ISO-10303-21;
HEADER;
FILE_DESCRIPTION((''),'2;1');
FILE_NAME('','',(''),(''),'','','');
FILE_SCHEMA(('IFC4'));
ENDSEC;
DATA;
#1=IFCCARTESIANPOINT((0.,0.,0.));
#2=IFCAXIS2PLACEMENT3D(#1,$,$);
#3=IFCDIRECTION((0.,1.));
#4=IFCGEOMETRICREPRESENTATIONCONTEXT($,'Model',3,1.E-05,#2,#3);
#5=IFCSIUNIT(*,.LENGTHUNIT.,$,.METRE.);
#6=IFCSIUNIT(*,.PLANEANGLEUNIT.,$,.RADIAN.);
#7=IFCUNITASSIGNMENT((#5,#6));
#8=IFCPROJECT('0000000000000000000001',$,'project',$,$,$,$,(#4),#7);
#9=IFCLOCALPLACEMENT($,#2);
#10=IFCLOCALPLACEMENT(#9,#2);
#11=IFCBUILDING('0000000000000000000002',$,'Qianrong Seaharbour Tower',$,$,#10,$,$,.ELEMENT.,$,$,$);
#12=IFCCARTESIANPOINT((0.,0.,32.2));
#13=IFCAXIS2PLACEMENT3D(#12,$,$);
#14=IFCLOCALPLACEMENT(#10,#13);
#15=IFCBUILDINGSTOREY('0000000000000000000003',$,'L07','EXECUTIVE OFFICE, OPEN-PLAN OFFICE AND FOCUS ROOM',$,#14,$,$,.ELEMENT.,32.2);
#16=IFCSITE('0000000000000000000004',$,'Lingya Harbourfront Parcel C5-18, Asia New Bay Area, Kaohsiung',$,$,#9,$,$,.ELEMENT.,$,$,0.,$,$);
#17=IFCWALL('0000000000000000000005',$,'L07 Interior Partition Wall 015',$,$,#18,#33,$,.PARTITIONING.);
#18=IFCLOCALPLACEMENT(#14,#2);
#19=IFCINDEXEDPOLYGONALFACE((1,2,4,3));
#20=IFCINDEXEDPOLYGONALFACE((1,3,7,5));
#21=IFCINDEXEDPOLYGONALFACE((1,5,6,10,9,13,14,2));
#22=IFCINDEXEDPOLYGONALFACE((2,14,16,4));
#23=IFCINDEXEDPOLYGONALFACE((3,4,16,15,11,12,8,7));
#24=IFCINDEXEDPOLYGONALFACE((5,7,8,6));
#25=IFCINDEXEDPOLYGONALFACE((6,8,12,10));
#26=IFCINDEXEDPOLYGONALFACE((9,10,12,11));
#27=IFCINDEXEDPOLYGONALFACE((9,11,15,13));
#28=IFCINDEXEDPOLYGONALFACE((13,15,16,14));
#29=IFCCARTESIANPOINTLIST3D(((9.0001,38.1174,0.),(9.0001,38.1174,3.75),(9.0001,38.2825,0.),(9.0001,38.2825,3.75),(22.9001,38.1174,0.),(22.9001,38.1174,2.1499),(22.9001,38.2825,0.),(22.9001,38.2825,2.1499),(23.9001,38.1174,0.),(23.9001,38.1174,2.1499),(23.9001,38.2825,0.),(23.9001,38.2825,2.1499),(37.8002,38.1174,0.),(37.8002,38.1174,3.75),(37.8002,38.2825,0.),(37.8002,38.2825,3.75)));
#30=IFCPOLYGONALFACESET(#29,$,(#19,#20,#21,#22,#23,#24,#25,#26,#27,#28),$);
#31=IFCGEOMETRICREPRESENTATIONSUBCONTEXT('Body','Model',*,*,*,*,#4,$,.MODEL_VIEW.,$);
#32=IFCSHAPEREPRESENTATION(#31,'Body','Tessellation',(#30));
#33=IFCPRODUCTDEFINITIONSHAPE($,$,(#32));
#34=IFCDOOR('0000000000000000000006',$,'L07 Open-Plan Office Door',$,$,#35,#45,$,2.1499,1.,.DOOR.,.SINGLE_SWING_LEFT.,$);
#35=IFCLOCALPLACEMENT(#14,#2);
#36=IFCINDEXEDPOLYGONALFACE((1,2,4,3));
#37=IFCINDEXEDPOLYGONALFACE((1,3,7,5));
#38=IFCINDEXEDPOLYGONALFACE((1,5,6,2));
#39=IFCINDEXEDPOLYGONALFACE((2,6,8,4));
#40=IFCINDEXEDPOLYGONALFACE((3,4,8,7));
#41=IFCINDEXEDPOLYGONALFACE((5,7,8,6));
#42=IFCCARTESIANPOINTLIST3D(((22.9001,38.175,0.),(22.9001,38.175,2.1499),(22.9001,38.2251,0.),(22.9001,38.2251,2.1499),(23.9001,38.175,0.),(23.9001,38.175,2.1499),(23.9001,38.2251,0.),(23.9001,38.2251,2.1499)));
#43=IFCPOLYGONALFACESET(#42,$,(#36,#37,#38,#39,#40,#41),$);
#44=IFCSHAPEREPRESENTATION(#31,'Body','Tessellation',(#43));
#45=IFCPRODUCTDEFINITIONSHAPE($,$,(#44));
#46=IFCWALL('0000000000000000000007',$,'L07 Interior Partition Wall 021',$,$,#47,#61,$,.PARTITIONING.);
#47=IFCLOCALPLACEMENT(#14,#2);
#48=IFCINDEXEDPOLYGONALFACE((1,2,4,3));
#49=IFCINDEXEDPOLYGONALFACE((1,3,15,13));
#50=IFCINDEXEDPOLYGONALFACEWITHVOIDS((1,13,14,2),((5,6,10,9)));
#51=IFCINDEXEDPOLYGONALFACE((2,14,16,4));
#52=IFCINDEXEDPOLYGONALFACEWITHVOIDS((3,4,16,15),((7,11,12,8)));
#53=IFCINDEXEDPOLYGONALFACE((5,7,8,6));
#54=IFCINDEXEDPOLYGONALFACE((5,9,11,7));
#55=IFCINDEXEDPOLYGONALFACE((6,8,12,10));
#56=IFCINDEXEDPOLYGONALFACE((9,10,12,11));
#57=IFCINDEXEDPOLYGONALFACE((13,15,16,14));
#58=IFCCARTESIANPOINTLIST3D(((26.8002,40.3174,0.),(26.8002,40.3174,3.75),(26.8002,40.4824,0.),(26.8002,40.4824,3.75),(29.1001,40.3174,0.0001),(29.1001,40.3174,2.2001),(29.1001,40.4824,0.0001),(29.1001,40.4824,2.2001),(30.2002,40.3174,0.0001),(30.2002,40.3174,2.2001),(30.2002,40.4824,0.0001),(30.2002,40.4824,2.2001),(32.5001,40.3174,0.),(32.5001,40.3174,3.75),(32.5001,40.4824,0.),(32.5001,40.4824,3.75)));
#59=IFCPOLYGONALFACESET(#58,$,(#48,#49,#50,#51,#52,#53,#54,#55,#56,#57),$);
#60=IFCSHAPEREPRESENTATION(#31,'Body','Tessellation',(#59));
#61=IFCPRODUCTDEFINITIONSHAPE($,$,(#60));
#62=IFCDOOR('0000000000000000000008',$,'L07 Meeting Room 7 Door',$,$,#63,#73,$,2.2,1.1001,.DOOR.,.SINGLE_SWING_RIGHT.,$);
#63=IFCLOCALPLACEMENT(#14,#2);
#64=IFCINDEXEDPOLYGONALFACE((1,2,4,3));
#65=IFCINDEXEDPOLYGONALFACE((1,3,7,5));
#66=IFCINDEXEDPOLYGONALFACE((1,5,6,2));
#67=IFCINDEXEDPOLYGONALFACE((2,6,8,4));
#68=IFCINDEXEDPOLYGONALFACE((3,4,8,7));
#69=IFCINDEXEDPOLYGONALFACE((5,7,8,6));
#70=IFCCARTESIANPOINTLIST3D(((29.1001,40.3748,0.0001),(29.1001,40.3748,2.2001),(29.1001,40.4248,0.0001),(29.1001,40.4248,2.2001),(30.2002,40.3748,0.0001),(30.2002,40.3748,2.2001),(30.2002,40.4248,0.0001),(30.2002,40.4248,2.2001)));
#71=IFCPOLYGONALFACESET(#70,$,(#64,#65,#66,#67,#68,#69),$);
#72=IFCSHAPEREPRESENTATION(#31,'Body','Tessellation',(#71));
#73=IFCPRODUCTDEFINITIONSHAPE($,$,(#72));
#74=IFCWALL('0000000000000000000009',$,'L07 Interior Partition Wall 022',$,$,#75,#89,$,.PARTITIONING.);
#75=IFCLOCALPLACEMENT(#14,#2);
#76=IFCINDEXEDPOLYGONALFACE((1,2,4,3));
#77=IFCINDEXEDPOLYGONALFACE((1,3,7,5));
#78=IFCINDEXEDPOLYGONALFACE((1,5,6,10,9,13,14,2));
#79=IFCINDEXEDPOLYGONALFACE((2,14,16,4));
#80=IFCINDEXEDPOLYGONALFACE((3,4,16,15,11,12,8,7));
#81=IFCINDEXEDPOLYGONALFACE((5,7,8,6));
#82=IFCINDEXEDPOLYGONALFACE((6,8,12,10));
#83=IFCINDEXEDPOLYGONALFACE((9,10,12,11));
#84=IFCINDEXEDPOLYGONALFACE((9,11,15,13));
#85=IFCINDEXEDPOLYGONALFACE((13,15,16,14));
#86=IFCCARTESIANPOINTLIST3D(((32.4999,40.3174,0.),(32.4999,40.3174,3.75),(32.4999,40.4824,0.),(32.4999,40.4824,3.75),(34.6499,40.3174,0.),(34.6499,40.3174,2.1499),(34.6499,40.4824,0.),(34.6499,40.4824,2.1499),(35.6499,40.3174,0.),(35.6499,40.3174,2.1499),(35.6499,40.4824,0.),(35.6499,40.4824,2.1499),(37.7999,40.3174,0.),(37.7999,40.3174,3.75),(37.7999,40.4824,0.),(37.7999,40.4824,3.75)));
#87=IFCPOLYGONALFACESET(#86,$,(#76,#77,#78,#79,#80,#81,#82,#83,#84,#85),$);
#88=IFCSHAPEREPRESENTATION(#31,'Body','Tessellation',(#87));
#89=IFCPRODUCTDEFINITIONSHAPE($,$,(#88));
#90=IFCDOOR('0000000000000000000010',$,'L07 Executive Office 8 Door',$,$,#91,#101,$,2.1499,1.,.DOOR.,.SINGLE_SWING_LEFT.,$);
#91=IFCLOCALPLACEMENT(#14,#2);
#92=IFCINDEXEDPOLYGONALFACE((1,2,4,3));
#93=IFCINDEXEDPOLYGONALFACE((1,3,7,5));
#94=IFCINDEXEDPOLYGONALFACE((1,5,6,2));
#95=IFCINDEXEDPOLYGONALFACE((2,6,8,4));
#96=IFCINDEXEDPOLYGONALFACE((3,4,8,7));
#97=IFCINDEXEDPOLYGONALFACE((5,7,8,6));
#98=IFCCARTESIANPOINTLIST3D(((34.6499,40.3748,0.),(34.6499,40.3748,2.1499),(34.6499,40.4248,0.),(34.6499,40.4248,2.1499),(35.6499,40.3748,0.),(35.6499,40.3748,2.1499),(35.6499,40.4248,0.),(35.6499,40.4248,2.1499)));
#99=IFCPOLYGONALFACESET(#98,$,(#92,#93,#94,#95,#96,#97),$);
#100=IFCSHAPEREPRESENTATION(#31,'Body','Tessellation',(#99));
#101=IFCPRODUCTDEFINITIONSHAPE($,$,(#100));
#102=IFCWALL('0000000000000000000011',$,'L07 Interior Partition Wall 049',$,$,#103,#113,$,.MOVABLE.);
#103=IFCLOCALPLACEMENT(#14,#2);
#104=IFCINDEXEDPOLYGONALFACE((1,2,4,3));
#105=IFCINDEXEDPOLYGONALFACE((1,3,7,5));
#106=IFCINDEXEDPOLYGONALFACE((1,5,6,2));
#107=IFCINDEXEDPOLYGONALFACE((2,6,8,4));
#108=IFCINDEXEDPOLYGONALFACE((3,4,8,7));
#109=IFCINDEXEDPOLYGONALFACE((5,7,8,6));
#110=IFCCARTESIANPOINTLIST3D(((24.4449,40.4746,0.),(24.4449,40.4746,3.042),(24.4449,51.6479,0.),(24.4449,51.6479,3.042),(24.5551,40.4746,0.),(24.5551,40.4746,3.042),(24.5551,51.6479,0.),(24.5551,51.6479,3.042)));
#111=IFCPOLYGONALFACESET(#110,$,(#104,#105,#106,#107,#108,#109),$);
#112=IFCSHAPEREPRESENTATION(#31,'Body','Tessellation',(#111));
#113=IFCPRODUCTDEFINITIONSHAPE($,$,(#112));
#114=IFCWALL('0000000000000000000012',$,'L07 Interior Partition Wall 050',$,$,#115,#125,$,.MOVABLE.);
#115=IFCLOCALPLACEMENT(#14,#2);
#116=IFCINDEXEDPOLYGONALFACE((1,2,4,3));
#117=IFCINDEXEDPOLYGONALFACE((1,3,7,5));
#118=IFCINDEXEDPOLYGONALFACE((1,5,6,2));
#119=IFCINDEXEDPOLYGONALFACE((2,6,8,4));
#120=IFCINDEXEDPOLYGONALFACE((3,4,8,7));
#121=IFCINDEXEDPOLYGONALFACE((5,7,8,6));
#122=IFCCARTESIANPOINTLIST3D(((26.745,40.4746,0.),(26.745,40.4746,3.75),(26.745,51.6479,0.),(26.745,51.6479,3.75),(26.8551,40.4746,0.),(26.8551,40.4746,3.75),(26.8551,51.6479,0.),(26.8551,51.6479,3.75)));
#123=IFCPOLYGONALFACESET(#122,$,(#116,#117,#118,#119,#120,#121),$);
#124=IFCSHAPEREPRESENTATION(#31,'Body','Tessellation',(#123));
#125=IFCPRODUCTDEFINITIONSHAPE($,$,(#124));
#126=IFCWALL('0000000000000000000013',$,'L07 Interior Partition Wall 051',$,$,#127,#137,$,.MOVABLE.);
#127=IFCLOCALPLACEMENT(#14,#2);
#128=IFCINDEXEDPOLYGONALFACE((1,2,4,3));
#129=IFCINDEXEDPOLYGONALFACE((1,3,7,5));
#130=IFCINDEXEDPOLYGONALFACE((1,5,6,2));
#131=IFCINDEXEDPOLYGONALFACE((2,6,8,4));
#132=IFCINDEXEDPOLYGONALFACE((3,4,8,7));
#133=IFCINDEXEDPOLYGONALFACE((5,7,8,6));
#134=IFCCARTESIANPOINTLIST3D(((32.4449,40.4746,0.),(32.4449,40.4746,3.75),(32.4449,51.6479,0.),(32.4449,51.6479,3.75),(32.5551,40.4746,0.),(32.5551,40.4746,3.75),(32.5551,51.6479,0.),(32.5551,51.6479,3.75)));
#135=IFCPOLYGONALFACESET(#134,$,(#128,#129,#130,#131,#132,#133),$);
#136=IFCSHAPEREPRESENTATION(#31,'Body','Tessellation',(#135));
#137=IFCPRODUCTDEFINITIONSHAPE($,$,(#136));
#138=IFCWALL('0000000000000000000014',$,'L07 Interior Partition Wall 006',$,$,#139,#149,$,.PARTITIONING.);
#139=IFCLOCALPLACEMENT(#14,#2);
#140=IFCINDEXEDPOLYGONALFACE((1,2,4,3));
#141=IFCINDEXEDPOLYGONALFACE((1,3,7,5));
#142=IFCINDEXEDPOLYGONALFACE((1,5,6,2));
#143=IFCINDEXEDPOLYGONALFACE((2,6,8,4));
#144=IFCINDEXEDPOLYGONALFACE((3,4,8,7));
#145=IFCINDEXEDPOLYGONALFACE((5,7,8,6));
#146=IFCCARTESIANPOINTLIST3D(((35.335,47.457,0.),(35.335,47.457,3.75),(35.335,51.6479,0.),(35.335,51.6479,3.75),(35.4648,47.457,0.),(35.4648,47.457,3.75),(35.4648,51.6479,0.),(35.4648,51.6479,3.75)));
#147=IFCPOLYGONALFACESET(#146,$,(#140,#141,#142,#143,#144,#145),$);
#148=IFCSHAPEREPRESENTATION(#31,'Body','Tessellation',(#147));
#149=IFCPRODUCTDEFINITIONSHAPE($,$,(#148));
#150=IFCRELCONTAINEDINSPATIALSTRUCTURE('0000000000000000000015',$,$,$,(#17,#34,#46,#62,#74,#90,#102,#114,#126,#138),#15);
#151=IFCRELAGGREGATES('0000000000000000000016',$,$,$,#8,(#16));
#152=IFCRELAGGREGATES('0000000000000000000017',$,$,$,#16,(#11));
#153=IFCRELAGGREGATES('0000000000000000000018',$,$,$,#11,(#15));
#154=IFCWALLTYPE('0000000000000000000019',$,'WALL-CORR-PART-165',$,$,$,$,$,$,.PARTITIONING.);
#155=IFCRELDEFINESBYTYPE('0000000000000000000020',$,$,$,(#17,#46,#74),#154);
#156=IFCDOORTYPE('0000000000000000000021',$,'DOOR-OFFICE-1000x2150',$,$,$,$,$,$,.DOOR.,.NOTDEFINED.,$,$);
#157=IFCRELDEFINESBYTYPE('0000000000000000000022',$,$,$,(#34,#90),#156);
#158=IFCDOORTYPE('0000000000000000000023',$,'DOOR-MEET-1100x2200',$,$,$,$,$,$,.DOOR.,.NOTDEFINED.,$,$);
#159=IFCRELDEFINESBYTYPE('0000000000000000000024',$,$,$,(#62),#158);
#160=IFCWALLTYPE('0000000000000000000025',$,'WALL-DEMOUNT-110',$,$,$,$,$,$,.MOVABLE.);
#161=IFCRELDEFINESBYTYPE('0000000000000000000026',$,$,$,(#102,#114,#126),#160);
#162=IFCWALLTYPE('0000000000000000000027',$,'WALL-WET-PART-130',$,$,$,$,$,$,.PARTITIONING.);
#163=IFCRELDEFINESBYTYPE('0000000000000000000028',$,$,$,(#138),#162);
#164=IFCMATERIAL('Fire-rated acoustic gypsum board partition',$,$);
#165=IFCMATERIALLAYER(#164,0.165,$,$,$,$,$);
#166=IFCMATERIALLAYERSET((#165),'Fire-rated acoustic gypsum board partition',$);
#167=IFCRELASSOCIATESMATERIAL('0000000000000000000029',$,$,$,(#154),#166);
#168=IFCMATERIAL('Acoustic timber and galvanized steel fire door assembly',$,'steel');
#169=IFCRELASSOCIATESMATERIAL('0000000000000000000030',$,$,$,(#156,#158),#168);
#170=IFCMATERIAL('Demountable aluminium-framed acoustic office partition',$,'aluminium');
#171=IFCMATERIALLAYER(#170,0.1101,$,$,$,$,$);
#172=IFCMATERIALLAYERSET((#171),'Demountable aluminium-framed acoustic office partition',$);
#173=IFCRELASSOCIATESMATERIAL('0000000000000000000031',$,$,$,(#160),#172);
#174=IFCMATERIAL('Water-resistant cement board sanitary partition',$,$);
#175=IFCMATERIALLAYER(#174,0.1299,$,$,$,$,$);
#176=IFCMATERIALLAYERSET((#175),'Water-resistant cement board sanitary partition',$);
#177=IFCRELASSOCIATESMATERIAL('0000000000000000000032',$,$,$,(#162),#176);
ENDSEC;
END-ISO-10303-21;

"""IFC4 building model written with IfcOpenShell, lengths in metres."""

from ifc_helpers import new_model, si_unit, direction, frame, frame_2d, origin, place, context, subcontext, project, spatial, rectangle, extrude, material, layer, layer_set, type_object, element, fill, save


model = new_model("IFC4")

# Units and contexts
model_context = context("Model", 3, precision=1e-05, world=origin(), true_north=direction((0.0, 1.0)))
body_context = subcontext(model_context, "Body", "Model", "MODEL_VIEW")
ifc_project = project(units=[si_unit("LENGTHUNIT", "METRE"), si_unit("PLANEANGLEUNIT", "RADIAN")], contexts=[model_context])

# Site, building, storey
site_placement = place(None, origin())
site = spatial("IfcSite", under=ifc_project, at=site_placement, Name="Lingya Harbourfront Parcel C5-18, Asia New Bay Area, Kaohsiung", CompositionType="ELEMENT", RefElevation=0.0)
building_placement = place(site_placement, origin())
building = spatial("IfcBuilding", under=site, at=building_placement, Name="Qianrong Seaharbour Tower", CompositionType="ELEMENT")
storey_placement = place(building_placement, frame((0.0, 0.0, 32.2)))
storey = spatial("IfcBuildingStorey", under=building, at=storey_placement, Name="L07", Description="EXECUTIVE OFFICE, OPEN-PLAN OFFICE AND FOCUS ROOM", CompositionType="ELEMENT", Elevation=32.2)

# Walls, openings, doors
ifc_material_1 = material(Name="Fire-rated acoustic gypsum board partition")
ifc_layer_1 = layer(ifc_material_1, 0.165)
ifc_layer_set_1 = layer_set([ifc_layer_1], Name="Fire-rated acoustic gypsum board partition")
wall_type_1 = type_object("IfcWallType", Name="WALL-CORR-PART-165", PredefinedType="PARTITIONING", material=ifc_layer_set_1)
wall_1_placement = place(storey_placement, frame((37.8, 38.2, 0.0), z_axis=(0.0, 0.0, 1.0), x_axis=(-1.0, 0.0, 0.0)))
wall_1 = element("IfcWall", 1, at=wall_1_placement, inside=storey, type_object=wall_type_1, Name="L07 Interior Partition Wall 015", PredefinedType="PARTITIONING", context=body_context, shape_type="SweptSolid", body=[
    extrude(rectangle(XDim=28.8, YDim=0.165, at=frame_2d((14.3999, 0.0))), origin(), (0.0, 0.0, 1.0), 3.75),
])
opening_1_placement = place(wall_1_placement, frame((13.8999, 0.0, 0.0)))
opening_1 = element("IfcOpeningElement", 2, at=opening_1_placement, cuts=wall_1, PredefinedType="OPENING", context=body_context, shape_type="SweptSolid", body=[
    extrude(rectangle(XDim=1.0, YDim=2.1499, at=frame_2d((0.5, 1.075))), frame((0.0, 0.0925, 0.0), z_axis=(0.0, -1.0, 0.0), x_axis=(1.0, 0.0, 0.0)), (0.0, 0.0, 1.0), 0.1851),
])
ifc_material_2 = material(Name="Acoustic timber and galvanized steel fire door assembly", Category="steel")
door_type_1 = type_object("IfcDoorType", Name="DOOR-OFFICE-1000x2150", OperationType="NOTDEFINED", PredefinedType="DOOR", material=ifc_material_2)
door_1_placement = place(opening_1_placement, origin())
door_1 = element("IfcDoor", 3, at=door_1_placement, inside=storey, type_object=door_type_1, Name="L07 Open-Plan Office Door", OperationType="SINGLE_SWING_LEFT", OverallHeight=2.1499, OverallWidth=1.0, PredefinedType="DOOR", context=body_context, shape_type="SweptSolid", body=[
    extrude(rectangle(XDim=1.0, YDim=2.1499, at=frame_2d((0.5, 1.075))), frame((0.0, 0.0249, 0.0), z_axis=(0.0, -1.0, 0.0), x_axis=(1.0, 0.0, 0.0)), (0.0, 0.0, 1.0), 0.05),
])
fill(opening_1, door_1)
wall_2_placement = place(storey_placement, frame((26.8, 40.3999, 0.0), z_axis=(0.0, 0.0, 1.0), x_axis=(1.0, 0.0, 0.0)))
wall_2 = element("IfcWall", 4, at=wall_2_placement, inside=storey, type_object=wall_type_1, Name="L07 Interior Partition Wall 021", PredefinedType="PARTITIONING", context=body_context, shape_type="SweptSolid", body=[
    extrude(rectangle(XDim=5.7, YDim=0.165, at=frame_2d((2.8501, 0.0))), origin(), (0.0, 0.0, 1.0), 3.75),
])
opening_2_placement = place(wall_2_placement, frame((2.3, 0.0, 0.0)))
opening_2 = element("IfcOpeningElement", 5, at=opening_2_placement, cuts=wall_2, PredefinedType="OPENING", context=body_context, shape_type="SweptSolid", body=[
    extrude(rectangle(XDim=1.1001, YDim=2.2, at=frame_2d((0.55, 1.1001))), frame((0.0, 0.0925, 0.0), z_axis=(0.0, -1.0, 0.0), x_axis=(1.0, 0.0, 0.0)), (0.0, 0.0, 1.0), 0.1851),
])
door_type_2 = type_object("IfcDoorType", Name="DOOR-MEET-1100x2200", OperationType="NOTDEFINED", PredefinedType="DOOR", material=ifc_material_2)
door_2_placement = place(opening_2_placement, origin())
door_2 = element("IfcDoor", 6, at=door_2_placement, inside=storey, type_object=door_type_2, Name="L07 Meeting Room 7 Door", OperationType="SINGLE_SWING_RIGHT", OverallHeight=2.2, OverallWidth=1.1001, PredefinedType="DOOR", context=body_context, shape_type="SweptSolid", body=[
    extrude(rectangle(XDim=1.1001, YDim=2.2, at=frame_2d((0.55, 1.1001))), frame((0.0, 0.0249, 0.0), z_axis=(0.0, -1.0, 0.0), x_axis=(1.0, 0.0, 0.0)), (0.0, 0.0, 1.0), 0.05),
])
fill(opening_2, door_2)
wall_3_placement = place(storey_placement, frame((32.5, 40.3999, 0.0), z_axis=(0.0, 0.0, 1.0), x_axis=(1.0, 0.0, 0.0)))
wall_3 = element("IfcWall", 7, at=wall_3_placement, inside=storey, type_object=wall_type_1, Name="L07 Interior Partition Wall 022", PredefinedType="PARTITIONING", context=body_context, shape_type="SweptSolid", body=[
    extrude(rectangle(XDim=5.3, YDim=0.165, at=frame_2d((2.6499, 0.0))), origin(), (0.0, 0.0, 1.0), 3.75),
])
opening_3_placement = place(wall_3_placement, frame((2.1499, 0.0, 0.0)))
opening_3 = element("IfcOpeningElement", 8, at=opening_3_placement, cuts=wall_3, PredefinedType="OPENING", context=body_context, shape_type="SweptSolid", body=[
    extrude(rectangle(XDim=1.0, YDim=2.1499, at=frame_2d((0.5, 1.075))), frame((0.0, 0.0925, 0.0), z_axis=(0.0, -1.0, 0.0), x_axis=(1.0, 0.0, 0.0)), (0.0, 0.0, 1.0), 0.1851),
])
door_3_placement = place(opening_3_placement, origin())
door_3 = element("IfcDoor", 9, at=door_3_placement, inside=storey, type_object=door_type_1, Name="L07 Executive Office 8 Door", OperationType="SINGLE_SWING_LEFT", OverallHeight=2.1499, OverallWidth=1.0, PredefinedType="DOOR", context=body_context, shape_type="SweptSolid", body=[
    extrude(rectangle(XDim=1.0, YDim=2.1499, at=frame_2d((0.5, 1.075))), frame((0.0, 0.0249, 0.0), z_axis=(0.0, -1.0, 0.0), x_axis=(1.0, 0.0, 0.0)), (0.0, 0.0, 1.0), 0.05),
])
fill(opening_3, door_3)

# Walls
ifc_material_3 = material(Name="Demountable aluminium-framed acoustic office partition", Category="aluminium")
ifc_layer_2 = layer(ifc_material_3, 0.1101)
ifc_layer_set_2 = layer_set([ifc_layer_2], Name="Demountable aluminium-framed acoustic office partition")
wall_type_2 = type_object("IfcWallType", Name="WALL-DEMOUNT-110", PredefinedType="MOVABLE", material=ifc_layer_set_2)
wall_4_placement = place(storey_placement, frame((24.5, 51.6479, 0.0), z_axis=(0.0, 0.0, 1.0), x_axis=(0.0, -1.0, 0.0)))
element("IfcWall", 10, at=wall_4_placement, inside=storey, type_object=wall_type_2, Name="L07 Interior Partition Wall 049", PredefinedType="MOVABLE", context=body_context, shape_type="SweptSolid", body=[
    extrude(rectangle(XDim=11.1733, YDim=0.1101, at=frame_2d((5.5867, 0.0))), origin(), (0.0, 0.0, 1.0), 3.042),
])
for number, where, z_axis, x_axis, name in (
    (11, (26.8, 51.6479, 0.0), (0.0, 0.0, 1.0), (0.0, -1.0, 0.0), "L07 Interior Partition Wall 050"),
    (12, (32.5, 51.6479, 0.0), (0.0, 0.0, 1.0), (0.0, -1.0, 0.0), "L07 Interior Partition Wall 051"),
):
    element("IfcWall", number, at=place(storey_placement, frame(where, z_axis=z_axis, x_axis=x_axis)), inside=storey, type_object=wall_type_2, Name=name, PredefinedType="MOVABLE", context=body_context, shape_type="SweptSolid", body=[
        extrude(rectangle(XDim=11.1733, YDim=0.1101, at=frame_2d((5.5867, 0.0))), origin(), (0.0, 0.0, 1.0), 3.75),
    ])
ifc_material_4 = material(Name="Water-resistant cement board sanitary partition")
ifc_layer_3 = layer(ifc_material_4, 0.1299)
ifc_layer_set_3 = layer_set([ifc_layer_3], Name="Water-resistant cement board sanitary partition")
wall_type_3 = type_object("IfcWallType", Name="WALL-WET-PART-130", PredefinedType="PARTITIONING", material=ifc_layer_set_3)
wall_5_placement = place(storey_placement, frame((35.3999, 47.457, 0.0), z_axis=(0.0, 0.0, 1.0), x_axis=(0.0, 1.0, 0.0)))
element("IfcWall", 13, at=wall_5_placement, inside=storey, type_object=wall_type_3, Name="L07 Interior Partition Wall 006", PredefinedType="PARTITIONING", context=body_context, shape_type="SweptSolid", body=[
    extrude(rectangle(XDim=4.1909, YDim=0.1299, at=frame_2d((2.0955, 0.0))), origin(), (0.0, 0.0, 1.0), 3.75),
])

save(model, "model.ifc")
